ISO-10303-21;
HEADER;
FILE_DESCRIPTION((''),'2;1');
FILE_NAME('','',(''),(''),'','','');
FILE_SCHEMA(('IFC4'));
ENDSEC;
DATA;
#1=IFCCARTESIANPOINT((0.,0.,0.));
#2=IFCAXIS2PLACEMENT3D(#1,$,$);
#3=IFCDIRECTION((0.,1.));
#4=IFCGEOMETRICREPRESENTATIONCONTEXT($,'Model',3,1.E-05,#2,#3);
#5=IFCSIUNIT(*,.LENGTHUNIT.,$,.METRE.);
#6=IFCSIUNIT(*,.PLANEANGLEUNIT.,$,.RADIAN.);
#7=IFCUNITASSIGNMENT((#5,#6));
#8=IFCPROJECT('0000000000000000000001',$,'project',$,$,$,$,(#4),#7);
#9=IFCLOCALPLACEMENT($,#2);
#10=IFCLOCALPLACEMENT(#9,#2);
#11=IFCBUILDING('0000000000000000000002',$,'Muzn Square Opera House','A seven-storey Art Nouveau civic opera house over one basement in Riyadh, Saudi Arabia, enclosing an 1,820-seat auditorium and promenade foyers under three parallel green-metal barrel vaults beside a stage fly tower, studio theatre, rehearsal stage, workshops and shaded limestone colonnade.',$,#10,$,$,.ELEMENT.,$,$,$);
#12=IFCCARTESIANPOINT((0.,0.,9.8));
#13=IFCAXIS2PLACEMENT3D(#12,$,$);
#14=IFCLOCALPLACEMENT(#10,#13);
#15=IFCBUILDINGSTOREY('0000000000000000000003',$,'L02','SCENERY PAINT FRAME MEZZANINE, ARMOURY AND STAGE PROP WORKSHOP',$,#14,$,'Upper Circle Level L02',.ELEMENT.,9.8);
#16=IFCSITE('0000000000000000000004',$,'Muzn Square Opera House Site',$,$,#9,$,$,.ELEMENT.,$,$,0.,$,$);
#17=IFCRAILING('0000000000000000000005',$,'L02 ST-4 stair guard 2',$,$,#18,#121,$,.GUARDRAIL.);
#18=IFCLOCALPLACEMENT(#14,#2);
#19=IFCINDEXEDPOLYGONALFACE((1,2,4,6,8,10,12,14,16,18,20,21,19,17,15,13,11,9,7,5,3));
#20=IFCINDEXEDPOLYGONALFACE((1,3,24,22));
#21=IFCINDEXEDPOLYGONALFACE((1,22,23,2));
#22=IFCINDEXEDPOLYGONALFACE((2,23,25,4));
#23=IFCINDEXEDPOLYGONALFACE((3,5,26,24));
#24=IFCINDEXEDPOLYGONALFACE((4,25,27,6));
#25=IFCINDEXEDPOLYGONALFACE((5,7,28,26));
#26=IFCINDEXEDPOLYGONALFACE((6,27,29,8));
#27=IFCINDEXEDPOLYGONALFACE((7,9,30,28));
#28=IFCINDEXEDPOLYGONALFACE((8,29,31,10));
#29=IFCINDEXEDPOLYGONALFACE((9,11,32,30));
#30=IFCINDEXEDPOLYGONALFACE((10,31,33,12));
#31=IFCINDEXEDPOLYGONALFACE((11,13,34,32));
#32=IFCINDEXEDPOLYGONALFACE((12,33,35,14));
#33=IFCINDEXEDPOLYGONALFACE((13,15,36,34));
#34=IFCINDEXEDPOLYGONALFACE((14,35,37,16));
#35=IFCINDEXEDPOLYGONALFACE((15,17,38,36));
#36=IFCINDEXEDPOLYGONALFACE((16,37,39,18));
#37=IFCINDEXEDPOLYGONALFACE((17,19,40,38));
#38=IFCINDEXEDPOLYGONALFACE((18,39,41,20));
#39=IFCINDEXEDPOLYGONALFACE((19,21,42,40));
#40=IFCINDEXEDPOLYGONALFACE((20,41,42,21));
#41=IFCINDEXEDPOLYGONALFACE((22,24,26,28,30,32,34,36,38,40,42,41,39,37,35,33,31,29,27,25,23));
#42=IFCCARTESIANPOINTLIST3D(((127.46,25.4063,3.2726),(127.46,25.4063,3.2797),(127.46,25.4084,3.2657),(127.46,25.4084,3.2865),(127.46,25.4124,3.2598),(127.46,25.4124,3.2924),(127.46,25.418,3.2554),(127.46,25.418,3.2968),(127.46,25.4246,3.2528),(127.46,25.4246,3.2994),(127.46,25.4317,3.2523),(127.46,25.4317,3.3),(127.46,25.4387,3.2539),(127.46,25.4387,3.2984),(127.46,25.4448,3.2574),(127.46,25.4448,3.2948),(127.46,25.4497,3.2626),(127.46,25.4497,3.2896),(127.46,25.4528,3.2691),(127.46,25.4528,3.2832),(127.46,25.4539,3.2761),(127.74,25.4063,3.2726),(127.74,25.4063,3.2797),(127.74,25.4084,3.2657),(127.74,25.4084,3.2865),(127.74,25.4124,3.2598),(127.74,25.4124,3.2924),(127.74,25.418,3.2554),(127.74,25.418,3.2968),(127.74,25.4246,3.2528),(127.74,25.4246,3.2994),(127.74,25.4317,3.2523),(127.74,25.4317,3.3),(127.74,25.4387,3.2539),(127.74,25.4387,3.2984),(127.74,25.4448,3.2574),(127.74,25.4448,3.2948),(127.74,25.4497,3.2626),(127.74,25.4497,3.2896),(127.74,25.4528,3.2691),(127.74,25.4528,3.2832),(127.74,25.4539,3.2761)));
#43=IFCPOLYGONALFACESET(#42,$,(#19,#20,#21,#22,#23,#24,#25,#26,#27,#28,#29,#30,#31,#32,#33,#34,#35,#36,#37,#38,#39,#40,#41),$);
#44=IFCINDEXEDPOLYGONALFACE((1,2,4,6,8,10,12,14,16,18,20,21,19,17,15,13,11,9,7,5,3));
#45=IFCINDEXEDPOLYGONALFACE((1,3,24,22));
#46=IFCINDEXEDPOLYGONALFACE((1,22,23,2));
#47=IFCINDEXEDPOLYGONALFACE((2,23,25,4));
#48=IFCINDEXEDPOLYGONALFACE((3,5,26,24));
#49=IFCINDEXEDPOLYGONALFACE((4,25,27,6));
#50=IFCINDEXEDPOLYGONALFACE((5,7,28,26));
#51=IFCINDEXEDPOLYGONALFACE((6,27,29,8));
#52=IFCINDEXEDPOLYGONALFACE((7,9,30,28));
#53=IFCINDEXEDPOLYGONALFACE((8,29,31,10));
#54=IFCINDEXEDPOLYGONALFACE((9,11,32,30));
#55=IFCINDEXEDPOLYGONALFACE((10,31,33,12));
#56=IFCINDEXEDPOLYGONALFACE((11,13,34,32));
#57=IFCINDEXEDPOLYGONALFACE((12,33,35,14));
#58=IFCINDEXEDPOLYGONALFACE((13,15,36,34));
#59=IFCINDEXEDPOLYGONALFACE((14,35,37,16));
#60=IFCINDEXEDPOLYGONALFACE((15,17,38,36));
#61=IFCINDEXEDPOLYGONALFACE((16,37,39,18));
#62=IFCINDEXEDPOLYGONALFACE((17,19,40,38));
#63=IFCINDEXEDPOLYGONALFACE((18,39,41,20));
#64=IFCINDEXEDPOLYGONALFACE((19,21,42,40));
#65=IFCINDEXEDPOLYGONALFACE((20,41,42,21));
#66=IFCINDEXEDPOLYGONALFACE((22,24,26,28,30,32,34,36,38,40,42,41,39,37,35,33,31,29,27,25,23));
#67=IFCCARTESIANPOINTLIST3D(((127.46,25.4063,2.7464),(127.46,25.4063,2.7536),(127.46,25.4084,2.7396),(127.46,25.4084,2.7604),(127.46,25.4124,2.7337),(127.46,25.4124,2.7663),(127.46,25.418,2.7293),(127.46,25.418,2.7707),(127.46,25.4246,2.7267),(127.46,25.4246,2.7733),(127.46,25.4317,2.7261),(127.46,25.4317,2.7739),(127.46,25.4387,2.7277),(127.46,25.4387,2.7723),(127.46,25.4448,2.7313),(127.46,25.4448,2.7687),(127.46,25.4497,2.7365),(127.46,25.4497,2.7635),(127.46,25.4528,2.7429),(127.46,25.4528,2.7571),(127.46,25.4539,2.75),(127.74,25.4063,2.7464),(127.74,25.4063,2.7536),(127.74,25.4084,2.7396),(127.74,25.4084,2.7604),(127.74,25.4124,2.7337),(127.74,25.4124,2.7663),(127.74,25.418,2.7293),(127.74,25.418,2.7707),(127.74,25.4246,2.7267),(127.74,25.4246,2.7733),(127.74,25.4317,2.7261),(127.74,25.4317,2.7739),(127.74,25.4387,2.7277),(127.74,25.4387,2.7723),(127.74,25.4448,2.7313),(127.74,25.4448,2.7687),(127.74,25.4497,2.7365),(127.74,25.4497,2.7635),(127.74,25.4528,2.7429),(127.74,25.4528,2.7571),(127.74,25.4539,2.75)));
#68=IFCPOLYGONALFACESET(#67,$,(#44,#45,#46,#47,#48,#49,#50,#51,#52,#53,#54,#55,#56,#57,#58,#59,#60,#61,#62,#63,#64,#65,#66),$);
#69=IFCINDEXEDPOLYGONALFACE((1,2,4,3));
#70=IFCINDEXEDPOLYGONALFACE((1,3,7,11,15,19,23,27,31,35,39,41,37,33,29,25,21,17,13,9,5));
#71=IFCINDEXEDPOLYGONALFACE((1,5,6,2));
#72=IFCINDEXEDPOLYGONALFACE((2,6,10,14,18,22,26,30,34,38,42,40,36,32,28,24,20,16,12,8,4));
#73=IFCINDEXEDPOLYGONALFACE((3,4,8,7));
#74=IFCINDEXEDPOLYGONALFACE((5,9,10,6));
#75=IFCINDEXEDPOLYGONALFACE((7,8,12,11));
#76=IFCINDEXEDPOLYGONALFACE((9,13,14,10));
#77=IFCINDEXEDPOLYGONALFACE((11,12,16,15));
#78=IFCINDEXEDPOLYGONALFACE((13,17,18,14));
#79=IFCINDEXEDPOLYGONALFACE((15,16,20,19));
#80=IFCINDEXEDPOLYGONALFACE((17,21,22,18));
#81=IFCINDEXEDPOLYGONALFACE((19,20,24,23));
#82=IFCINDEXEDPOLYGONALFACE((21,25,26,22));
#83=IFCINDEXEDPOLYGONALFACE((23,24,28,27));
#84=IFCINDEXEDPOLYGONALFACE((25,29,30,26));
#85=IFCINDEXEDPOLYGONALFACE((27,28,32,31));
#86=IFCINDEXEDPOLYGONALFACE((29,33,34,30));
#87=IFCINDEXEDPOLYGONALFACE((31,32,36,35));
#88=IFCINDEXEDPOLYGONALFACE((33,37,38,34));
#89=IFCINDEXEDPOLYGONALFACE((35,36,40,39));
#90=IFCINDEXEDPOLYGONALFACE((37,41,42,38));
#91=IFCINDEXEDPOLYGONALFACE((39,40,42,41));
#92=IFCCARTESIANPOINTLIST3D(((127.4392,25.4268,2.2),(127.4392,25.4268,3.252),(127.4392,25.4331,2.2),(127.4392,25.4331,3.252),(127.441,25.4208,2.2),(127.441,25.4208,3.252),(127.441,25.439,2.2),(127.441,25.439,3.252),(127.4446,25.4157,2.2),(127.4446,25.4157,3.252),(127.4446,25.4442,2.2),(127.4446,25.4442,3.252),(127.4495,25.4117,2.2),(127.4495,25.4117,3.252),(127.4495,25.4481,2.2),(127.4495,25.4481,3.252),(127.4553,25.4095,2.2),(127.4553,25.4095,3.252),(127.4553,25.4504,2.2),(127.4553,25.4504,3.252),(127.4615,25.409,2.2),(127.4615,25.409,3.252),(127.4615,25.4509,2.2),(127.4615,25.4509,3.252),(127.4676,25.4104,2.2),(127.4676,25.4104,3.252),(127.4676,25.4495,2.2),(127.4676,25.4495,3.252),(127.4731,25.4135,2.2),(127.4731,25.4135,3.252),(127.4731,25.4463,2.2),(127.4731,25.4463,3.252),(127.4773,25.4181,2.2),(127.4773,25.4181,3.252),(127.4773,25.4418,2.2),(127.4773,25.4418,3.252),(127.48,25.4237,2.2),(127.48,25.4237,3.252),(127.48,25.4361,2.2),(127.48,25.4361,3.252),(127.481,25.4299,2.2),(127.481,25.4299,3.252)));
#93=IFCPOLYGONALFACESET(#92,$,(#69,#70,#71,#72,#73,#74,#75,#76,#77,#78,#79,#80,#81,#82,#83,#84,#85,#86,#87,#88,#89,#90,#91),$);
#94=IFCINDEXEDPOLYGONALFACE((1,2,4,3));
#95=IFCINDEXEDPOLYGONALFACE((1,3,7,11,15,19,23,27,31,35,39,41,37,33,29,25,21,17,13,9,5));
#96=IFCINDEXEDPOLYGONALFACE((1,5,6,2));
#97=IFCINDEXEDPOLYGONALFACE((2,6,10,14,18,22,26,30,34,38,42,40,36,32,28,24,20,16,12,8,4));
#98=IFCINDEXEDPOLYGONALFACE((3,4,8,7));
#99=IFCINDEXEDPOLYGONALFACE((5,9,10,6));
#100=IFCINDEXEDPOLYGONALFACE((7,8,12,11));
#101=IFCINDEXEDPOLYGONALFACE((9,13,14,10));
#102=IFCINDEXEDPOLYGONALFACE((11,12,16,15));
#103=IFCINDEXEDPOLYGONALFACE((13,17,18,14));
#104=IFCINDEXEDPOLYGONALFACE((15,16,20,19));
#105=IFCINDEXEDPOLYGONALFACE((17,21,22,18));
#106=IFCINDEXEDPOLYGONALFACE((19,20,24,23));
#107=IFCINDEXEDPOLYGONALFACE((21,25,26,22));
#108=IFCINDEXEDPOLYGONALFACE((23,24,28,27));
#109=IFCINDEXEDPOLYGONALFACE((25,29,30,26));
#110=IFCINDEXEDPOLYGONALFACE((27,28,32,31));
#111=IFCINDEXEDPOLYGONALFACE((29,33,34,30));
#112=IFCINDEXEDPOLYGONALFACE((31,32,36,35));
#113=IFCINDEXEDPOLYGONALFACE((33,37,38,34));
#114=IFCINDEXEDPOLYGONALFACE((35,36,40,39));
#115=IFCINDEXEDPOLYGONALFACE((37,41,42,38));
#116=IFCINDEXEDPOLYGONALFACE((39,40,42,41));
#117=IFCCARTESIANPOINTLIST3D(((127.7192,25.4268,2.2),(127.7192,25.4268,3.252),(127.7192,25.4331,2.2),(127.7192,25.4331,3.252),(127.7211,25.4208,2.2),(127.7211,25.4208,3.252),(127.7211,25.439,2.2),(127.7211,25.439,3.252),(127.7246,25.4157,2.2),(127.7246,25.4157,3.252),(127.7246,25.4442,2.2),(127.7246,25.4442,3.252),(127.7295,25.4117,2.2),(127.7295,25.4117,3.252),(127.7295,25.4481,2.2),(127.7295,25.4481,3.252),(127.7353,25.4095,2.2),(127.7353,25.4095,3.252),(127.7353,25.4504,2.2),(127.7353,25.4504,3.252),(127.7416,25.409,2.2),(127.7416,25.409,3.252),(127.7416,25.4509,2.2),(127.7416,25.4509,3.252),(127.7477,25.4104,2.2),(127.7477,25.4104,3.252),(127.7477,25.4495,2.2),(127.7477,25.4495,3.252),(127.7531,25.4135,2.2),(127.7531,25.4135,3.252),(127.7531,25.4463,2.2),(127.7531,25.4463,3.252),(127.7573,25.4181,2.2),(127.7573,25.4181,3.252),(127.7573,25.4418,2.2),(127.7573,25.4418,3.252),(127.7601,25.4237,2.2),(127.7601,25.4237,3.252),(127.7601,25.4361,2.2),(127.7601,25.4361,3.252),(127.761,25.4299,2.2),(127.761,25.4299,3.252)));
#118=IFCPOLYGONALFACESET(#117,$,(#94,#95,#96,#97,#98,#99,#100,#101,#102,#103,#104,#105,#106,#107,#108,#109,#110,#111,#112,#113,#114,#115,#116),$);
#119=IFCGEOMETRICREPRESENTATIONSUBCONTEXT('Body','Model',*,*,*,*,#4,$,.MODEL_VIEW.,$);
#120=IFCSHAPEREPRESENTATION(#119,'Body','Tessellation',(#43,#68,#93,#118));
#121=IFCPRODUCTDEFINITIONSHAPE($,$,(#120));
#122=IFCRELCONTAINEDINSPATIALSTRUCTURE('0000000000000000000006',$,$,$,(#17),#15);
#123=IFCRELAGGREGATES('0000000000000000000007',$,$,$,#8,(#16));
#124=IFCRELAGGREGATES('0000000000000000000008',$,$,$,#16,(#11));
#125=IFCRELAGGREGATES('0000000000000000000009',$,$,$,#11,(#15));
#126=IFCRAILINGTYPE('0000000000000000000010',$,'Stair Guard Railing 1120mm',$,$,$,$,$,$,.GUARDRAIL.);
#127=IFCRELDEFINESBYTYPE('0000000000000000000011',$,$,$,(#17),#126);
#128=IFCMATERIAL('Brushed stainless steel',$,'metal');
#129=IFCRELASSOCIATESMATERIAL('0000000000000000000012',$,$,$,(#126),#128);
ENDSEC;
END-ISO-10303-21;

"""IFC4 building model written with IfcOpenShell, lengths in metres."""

from ifc_helpers import new_model, si_unit, direction, frame, origin, origin_2d, place, context, subcontext, project, spatial, circle, extrude, material, type_object, element, save


model = new_model("IFC4")

# Units and contexts
model_context = context("Model", 3, precision=1e-05, world=origin(), true_north=direction((0.0, 1.0)))
body_context = subcontext(model_context, "Body", "Model", "MODEL_VIEW")
ifc_project = project(units=[si_unit("LENGTHUNIT", "METRE"), si_unit("PLANEANGLEUNIT", "RADIAN")], contexts=[model_context])

# Site, building, storey
site_placement = place(None, origin())
site = spatial("IfcSite", under=ifc_project, at=site_placement, Name="Muzn Square Opera House Site", CompositionType="ELEMENT", RefElevation=0.0)
building_placement = place(site_placement, origin())
building = spatial("IfcBuilding", under=site, at=building_placement, Name="Muzn Square Opera House", Description="A seven-storey Art Nouveau civic opera house over one basement in Riyadh, Saudi Arabia, enclosing an 1,820-seat auditorium and promenade foyers under three parallel green-metal barrel vaults beside a stage fly tower, studio theatre, rehearsal stage, workshops and shaded limestone colonnade.", CompositionType="ELEMENT")
storey_placement = place(building_placement, frame((0.0, 0.0, 9.8)))
storey = spatial("IfcBuildingStorey", under=building, at=storey_placement, Name="L02", Description="SCENERY PAINT FRAME MEZZANINE, ARMOURY AND STAGE PROP WORKSHOP", LongName="Upper Circle Level L02", CompositionType="ELEMENT", Elevation=9.8)

# Shared definitions
ifc_material_1 = material(Name="Brushed stainless steel", Category="metal")

# Railing
railing_type_1 = type_object("IfcRailingType", Name="Stair Guard Railing 1120mm", PredefinedType="GUARDRAIL", material=ifc_material_1)
railing_1_placement = place(storey_placement, frame((127.46, 25.4299, 2.2)))
element("IfcRailing", 1, at=railing_1_placement, inside=storey, type_object=railing_type_1, Name="L02 ST-4 stair guard 2", PredefinedType="GUARDRAIL", context=body_context, shape_type="SweptSolid", body=[
    extrude(circle(Radius=0.0239, at=origin_2d()), frame((0.0, 0.0, 1.0762), z_axis=(1.0, 0.0, 0.0), x_axis=(0.0, 1.0, 0.0)), (0.0, 0.0, 1.0), 0.28),
    extrude(circle(Radius=0.0239, at=origin_2d()), frame((0.0, 0.0, 0.55), z_axis=(1.0, 0.0, 0.0), x_axis=(0.0, 1.0, 0.0)), (0.0, 0.0, 1.0), 0.28),
    extrude(circle(Radius=0.021, at=origin_2d()), origin(), (0.0, 0.0, 1.0), 1.052),
    extrude(circle(Radius=0.021, at=origin_2d()), frame((0.28, 0.0, 0.0)), (0.0, 0.0, 1.0), 1.052),
])

save(model, "model.ifc")
